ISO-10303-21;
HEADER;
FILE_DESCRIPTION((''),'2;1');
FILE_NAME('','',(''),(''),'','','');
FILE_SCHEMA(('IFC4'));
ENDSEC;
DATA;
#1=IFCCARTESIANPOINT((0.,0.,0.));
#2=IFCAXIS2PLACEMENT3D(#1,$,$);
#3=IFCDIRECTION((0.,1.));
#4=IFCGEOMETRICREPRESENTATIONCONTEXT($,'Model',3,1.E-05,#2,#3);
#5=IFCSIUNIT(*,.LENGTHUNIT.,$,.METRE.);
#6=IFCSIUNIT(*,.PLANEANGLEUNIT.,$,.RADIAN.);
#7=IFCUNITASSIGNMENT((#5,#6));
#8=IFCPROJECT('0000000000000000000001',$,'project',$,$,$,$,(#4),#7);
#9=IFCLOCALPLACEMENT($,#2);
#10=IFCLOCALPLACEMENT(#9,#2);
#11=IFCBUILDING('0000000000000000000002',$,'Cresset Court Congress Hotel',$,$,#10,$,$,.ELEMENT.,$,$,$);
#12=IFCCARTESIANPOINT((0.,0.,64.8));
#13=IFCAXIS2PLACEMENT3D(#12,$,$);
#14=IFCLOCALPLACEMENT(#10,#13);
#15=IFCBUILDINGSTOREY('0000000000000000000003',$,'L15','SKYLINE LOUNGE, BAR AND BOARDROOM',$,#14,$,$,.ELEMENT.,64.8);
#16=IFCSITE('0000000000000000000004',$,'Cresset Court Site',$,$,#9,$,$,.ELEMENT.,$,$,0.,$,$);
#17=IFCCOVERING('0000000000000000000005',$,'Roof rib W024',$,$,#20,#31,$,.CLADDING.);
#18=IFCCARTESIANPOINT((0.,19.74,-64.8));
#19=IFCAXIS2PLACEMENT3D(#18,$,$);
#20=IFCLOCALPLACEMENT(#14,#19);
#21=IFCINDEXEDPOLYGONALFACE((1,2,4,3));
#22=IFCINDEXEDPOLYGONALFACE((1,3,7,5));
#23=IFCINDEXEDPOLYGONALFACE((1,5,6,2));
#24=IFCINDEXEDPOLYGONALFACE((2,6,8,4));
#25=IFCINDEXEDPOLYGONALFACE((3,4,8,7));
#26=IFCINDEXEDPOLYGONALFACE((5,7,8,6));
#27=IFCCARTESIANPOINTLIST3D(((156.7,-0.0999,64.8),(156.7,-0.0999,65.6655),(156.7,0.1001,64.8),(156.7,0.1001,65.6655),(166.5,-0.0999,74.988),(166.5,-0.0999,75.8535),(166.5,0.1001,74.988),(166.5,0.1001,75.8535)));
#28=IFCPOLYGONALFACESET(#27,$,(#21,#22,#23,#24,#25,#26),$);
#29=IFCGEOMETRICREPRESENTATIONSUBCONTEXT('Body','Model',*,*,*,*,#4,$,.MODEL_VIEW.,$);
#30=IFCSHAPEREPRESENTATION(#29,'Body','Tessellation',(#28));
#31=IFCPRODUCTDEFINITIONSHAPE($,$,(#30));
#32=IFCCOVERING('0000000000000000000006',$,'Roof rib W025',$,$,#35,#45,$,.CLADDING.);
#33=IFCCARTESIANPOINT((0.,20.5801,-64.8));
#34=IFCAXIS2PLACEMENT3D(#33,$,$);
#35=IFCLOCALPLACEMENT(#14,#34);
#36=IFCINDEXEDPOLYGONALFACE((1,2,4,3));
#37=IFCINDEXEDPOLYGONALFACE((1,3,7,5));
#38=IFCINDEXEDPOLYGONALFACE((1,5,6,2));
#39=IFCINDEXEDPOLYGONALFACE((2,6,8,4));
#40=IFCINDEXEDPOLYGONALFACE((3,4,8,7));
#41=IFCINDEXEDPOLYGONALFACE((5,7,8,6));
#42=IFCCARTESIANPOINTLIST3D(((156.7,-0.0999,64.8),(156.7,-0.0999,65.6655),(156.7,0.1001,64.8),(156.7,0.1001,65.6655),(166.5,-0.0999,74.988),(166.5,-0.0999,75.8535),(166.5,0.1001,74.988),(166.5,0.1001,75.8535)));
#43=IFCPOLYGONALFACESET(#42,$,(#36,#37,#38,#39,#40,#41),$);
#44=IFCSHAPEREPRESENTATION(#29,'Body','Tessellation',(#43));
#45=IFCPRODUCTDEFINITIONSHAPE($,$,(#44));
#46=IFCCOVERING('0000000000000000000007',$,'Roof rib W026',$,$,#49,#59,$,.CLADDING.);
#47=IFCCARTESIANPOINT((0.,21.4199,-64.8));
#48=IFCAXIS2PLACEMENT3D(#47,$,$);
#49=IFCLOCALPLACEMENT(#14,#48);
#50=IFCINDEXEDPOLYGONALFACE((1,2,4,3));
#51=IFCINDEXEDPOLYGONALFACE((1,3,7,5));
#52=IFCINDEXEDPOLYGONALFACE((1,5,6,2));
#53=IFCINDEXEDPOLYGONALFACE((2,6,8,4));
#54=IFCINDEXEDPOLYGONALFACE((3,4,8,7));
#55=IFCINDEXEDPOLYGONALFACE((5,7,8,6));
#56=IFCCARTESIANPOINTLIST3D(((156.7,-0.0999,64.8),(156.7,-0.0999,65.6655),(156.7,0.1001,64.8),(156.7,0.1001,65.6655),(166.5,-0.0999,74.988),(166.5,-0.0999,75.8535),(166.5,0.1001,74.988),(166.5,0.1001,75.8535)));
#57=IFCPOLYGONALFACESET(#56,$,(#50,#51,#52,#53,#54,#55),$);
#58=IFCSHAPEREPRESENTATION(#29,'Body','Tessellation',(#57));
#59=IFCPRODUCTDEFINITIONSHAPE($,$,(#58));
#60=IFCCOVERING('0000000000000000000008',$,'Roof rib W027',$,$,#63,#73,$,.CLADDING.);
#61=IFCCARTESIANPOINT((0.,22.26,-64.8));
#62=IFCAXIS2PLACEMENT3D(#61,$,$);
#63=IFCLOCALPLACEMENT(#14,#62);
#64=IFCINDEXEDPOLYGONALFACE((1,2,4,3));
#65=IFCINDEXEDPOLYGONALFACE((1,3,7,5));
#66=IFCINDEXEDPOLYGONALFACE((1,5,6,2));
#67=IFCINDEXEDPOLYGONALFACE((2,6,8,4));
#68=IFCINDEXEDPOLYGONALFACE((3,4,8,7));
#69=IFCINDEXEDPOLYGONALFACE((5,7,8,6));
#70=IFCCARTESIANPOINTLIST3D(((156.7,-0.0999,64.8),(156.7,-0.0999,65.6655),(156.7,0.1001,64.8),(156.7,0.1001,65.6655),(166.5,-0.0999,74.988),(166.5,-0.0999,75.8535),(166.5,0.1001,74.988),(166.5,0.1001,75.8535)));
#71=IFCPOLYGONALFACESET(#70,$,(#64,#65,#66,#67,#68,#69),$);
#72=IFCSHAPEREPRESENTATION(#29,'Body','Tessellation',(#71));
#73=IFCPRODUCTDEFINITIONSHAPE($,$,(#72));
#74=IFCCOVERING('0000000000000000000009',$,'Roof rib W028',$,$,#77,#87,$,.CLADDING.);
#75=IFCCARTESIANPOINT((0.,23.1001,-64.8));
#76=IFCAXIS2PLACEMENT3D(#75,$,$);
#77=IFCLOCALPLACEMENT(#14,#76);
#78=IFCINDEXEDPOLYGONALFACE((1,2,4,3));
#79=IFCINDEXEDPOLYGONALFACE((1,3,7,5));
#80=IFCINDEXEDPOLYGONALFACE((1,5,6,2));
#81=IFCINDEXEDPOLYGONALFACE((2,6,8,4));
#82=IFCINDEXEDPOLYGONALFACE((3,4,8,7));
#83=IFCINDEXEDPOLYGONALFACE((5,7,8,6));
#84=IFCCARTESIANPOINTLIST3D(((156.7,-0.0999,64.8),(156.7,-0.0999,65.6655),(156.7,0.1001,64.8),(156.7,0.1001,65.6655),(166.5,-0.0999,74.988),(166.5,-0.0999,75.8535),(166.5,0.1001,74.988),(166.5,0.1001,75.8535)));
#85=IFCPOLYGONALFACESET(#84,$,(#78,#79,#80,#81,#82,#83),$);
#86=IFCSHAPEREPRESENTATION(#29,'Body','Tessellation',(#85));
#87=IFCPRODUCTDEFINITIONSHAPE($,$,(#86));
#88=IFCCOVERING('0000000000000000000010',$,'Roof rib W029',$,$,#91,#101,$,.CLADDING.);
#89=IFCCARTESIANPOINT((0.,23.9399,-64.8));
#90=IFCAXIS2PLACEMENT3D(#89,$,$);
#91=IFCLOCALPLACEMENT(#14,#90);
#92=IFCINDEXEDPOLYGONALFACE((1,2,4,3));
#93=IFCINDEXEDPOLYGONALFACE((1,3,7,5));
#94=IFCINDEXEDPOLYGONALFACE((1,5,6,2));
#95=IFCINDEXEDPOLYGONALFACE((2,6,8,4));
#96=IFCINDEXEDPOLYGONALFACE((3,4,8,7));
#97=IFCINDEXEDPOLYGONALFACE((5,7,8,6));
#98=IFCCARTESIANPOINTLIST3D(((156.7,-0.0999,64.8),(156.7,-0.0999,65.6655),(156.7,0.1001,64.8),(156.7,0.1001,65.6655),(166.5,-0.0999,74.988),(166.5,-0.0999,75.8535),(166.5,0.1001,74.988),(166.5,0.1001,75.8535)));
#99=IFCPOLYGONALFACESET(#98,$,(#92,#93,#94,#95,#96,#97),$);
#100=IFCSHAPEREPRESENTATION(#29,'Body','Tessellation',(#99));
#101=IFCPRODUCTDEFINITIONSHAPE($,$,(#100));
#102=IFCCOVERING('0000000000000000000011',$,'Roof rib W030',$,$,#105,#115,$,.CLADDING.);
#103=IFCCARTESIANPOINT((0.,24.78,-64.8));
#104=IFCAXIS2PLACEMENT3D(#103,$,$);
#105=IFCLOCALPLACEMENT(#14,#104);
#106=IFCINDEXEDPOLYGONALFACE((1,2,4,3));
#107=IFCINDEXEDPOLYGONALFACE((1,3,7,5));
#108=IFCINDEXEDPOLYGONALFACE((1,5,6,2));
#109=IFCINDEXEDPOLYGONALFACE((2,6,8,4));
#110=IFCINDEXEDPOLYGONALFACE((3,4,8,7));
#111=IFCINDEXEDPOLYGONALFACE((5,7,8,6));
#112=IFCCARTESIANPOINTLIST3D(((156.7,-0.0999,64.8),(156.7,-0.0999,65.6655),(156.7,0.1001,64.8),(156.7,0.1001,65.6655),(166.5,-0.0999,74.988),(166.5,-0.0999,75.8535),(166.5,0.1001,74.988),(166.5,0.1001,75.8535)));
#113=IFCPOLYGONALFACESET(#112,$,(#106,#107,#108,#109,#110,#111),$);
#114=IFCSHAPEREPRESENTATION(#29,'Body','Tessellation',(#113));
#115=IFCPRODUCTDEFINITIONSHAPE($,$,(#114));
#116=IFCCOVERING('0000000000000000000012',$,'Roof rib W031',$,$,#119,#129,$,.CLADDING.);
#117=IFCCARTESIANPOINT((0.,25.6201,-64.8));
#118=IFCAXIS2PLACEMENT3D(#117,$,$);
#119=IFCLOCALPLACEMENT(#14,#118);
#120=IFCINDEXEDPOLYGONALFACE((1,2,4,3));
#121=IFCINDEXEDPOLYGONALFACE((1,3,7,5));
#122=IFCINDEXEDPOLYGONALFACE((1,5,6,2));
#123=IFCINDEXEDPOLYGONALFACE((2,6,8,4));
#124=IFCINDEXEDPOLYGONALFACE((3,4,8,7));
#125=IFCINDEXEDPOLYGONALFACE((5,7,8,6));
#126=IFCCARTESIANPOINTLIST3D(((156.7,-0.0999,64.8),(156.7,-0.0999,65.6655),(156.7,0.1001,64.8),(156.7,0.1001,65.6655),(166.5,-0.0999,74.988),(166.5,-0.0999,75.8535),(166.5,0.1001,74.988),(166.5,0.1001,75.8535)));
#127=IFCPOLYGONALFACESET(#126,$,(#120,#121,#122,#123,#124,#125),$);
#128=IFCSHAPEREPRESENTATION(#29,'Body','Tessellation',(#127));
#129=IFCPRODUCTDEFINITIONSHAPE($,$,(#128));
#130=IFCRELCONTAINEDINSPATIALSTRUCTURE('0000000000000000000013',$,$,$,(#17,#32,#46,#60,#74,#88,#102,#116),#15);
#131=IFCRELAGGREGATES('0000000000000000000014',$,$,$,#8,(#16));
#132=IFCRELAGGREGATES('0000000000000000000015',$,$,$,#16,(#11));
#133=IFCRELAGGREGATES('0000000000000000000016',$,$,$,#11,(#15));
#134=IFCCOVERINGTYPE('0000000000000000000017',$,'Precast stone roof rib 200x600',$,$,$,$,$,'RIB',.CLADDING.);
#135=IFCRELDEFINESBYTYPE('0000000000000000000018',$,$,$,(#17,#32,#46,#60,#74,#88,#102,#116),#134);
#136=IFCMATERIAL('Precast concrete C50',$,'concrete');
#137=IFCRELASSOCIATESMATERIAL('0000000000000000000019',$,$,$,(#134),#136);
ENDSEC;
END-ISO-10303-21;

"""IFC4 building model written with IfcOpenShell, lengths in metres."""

from ifc_helpers import new_model, si_unit, direction, frame, origin, place, context, subcontext, project, spatial, polyline, outline, extrude, material, type_object, element, save


model = new_model("IFC4")

# Units and contexts
model_context = context("Model", 3, precision=1e-05, world=origin(), true_north=direction((0.0, 1.0)))
body_context = subcontext(model_context, "Body", "Model", "MODEL_VIEW")
ifc_project = project(units=[si_unit("LENGTHUNIT", "METRE"), si_unit("PLANEANGLEUNIT", "RADIAN")], contexts=[model_context])

# Site, building, storey
site_placement = place(None, origin())
site = spatial("IfcSite", under=ifc_project, at=site_placement, Name="Cresset Court Site", CompositionType="ELEMENT", RefElevation=0.0)
building_placement = place(site_placement, origin())
building = spatial("IfcBuilding", under=site, at=building_placement, Name="Cresset Court Congress Hotel", CompositionType="ELEMENT")
storey_placement = place(building_placement, frame((0.0, 0.0, 64.8)))
storey = spatial("IfcBuildingStorey", under=building, at=storey_placement, Name="L15", Description="SKYLINE LOUNGE, BAR AND BOARDROOM", CompositionType="ELEMENT", Elevation=64.8)

# Coverings
ifc_material_1 = material(Name="Precast concrete C50", Category="concrete")
covering_type = type_object("IfcCoveringType", Name="Precast stone roof rib 200x600", ElementType="RIB", PredefinedType="CLADDING", material=ifc_material_1)
for number, where, name in (
    (1, (0.0, 19.74, -64.8), "Roof rib W024"),
    (2, (0.0, 20.5801, -64.8), "Roof rib W025"),
    (3, (0.0, 21.4199, -64.8), "Roof rib W026"),
    (4, (0.0, 22.26, -64.8), "Roof rib W027"),
    (5, (0.0, 23.1001, -64.8), "Roof rib W028"),
    (6, (0.0, 23.9399, -64.8), "Roof rib W029"),
    (7, (0.0, 24.78, -64.8), "Roof rib W030"),
    (8, (0.0, 25.6201, -64.8), "Roof rib W031"),
):
    element("IfcCovering", number, at=place(storey_placement, frame(where)), inside=storey, type_object=covering_type, Name=name, PredefinedType="CLADDING", context=body_context, shape_type="SweptSolid", body=[
        extrude(outline(polyline([(166.5, 74.988), (156.7, 64.8), (156.7, 65.6655), (166.5, 75.8535), (166.5, 74.988)])), frame((0.0, 0.1001, 0.0), z_axis=(0.0, -1.0, 0.0), x_axis=(1.0, 0.0, 0.0)), (0.0, 0.0, 1.0), 0.2),
    ])

save(model, "model.ifc")
